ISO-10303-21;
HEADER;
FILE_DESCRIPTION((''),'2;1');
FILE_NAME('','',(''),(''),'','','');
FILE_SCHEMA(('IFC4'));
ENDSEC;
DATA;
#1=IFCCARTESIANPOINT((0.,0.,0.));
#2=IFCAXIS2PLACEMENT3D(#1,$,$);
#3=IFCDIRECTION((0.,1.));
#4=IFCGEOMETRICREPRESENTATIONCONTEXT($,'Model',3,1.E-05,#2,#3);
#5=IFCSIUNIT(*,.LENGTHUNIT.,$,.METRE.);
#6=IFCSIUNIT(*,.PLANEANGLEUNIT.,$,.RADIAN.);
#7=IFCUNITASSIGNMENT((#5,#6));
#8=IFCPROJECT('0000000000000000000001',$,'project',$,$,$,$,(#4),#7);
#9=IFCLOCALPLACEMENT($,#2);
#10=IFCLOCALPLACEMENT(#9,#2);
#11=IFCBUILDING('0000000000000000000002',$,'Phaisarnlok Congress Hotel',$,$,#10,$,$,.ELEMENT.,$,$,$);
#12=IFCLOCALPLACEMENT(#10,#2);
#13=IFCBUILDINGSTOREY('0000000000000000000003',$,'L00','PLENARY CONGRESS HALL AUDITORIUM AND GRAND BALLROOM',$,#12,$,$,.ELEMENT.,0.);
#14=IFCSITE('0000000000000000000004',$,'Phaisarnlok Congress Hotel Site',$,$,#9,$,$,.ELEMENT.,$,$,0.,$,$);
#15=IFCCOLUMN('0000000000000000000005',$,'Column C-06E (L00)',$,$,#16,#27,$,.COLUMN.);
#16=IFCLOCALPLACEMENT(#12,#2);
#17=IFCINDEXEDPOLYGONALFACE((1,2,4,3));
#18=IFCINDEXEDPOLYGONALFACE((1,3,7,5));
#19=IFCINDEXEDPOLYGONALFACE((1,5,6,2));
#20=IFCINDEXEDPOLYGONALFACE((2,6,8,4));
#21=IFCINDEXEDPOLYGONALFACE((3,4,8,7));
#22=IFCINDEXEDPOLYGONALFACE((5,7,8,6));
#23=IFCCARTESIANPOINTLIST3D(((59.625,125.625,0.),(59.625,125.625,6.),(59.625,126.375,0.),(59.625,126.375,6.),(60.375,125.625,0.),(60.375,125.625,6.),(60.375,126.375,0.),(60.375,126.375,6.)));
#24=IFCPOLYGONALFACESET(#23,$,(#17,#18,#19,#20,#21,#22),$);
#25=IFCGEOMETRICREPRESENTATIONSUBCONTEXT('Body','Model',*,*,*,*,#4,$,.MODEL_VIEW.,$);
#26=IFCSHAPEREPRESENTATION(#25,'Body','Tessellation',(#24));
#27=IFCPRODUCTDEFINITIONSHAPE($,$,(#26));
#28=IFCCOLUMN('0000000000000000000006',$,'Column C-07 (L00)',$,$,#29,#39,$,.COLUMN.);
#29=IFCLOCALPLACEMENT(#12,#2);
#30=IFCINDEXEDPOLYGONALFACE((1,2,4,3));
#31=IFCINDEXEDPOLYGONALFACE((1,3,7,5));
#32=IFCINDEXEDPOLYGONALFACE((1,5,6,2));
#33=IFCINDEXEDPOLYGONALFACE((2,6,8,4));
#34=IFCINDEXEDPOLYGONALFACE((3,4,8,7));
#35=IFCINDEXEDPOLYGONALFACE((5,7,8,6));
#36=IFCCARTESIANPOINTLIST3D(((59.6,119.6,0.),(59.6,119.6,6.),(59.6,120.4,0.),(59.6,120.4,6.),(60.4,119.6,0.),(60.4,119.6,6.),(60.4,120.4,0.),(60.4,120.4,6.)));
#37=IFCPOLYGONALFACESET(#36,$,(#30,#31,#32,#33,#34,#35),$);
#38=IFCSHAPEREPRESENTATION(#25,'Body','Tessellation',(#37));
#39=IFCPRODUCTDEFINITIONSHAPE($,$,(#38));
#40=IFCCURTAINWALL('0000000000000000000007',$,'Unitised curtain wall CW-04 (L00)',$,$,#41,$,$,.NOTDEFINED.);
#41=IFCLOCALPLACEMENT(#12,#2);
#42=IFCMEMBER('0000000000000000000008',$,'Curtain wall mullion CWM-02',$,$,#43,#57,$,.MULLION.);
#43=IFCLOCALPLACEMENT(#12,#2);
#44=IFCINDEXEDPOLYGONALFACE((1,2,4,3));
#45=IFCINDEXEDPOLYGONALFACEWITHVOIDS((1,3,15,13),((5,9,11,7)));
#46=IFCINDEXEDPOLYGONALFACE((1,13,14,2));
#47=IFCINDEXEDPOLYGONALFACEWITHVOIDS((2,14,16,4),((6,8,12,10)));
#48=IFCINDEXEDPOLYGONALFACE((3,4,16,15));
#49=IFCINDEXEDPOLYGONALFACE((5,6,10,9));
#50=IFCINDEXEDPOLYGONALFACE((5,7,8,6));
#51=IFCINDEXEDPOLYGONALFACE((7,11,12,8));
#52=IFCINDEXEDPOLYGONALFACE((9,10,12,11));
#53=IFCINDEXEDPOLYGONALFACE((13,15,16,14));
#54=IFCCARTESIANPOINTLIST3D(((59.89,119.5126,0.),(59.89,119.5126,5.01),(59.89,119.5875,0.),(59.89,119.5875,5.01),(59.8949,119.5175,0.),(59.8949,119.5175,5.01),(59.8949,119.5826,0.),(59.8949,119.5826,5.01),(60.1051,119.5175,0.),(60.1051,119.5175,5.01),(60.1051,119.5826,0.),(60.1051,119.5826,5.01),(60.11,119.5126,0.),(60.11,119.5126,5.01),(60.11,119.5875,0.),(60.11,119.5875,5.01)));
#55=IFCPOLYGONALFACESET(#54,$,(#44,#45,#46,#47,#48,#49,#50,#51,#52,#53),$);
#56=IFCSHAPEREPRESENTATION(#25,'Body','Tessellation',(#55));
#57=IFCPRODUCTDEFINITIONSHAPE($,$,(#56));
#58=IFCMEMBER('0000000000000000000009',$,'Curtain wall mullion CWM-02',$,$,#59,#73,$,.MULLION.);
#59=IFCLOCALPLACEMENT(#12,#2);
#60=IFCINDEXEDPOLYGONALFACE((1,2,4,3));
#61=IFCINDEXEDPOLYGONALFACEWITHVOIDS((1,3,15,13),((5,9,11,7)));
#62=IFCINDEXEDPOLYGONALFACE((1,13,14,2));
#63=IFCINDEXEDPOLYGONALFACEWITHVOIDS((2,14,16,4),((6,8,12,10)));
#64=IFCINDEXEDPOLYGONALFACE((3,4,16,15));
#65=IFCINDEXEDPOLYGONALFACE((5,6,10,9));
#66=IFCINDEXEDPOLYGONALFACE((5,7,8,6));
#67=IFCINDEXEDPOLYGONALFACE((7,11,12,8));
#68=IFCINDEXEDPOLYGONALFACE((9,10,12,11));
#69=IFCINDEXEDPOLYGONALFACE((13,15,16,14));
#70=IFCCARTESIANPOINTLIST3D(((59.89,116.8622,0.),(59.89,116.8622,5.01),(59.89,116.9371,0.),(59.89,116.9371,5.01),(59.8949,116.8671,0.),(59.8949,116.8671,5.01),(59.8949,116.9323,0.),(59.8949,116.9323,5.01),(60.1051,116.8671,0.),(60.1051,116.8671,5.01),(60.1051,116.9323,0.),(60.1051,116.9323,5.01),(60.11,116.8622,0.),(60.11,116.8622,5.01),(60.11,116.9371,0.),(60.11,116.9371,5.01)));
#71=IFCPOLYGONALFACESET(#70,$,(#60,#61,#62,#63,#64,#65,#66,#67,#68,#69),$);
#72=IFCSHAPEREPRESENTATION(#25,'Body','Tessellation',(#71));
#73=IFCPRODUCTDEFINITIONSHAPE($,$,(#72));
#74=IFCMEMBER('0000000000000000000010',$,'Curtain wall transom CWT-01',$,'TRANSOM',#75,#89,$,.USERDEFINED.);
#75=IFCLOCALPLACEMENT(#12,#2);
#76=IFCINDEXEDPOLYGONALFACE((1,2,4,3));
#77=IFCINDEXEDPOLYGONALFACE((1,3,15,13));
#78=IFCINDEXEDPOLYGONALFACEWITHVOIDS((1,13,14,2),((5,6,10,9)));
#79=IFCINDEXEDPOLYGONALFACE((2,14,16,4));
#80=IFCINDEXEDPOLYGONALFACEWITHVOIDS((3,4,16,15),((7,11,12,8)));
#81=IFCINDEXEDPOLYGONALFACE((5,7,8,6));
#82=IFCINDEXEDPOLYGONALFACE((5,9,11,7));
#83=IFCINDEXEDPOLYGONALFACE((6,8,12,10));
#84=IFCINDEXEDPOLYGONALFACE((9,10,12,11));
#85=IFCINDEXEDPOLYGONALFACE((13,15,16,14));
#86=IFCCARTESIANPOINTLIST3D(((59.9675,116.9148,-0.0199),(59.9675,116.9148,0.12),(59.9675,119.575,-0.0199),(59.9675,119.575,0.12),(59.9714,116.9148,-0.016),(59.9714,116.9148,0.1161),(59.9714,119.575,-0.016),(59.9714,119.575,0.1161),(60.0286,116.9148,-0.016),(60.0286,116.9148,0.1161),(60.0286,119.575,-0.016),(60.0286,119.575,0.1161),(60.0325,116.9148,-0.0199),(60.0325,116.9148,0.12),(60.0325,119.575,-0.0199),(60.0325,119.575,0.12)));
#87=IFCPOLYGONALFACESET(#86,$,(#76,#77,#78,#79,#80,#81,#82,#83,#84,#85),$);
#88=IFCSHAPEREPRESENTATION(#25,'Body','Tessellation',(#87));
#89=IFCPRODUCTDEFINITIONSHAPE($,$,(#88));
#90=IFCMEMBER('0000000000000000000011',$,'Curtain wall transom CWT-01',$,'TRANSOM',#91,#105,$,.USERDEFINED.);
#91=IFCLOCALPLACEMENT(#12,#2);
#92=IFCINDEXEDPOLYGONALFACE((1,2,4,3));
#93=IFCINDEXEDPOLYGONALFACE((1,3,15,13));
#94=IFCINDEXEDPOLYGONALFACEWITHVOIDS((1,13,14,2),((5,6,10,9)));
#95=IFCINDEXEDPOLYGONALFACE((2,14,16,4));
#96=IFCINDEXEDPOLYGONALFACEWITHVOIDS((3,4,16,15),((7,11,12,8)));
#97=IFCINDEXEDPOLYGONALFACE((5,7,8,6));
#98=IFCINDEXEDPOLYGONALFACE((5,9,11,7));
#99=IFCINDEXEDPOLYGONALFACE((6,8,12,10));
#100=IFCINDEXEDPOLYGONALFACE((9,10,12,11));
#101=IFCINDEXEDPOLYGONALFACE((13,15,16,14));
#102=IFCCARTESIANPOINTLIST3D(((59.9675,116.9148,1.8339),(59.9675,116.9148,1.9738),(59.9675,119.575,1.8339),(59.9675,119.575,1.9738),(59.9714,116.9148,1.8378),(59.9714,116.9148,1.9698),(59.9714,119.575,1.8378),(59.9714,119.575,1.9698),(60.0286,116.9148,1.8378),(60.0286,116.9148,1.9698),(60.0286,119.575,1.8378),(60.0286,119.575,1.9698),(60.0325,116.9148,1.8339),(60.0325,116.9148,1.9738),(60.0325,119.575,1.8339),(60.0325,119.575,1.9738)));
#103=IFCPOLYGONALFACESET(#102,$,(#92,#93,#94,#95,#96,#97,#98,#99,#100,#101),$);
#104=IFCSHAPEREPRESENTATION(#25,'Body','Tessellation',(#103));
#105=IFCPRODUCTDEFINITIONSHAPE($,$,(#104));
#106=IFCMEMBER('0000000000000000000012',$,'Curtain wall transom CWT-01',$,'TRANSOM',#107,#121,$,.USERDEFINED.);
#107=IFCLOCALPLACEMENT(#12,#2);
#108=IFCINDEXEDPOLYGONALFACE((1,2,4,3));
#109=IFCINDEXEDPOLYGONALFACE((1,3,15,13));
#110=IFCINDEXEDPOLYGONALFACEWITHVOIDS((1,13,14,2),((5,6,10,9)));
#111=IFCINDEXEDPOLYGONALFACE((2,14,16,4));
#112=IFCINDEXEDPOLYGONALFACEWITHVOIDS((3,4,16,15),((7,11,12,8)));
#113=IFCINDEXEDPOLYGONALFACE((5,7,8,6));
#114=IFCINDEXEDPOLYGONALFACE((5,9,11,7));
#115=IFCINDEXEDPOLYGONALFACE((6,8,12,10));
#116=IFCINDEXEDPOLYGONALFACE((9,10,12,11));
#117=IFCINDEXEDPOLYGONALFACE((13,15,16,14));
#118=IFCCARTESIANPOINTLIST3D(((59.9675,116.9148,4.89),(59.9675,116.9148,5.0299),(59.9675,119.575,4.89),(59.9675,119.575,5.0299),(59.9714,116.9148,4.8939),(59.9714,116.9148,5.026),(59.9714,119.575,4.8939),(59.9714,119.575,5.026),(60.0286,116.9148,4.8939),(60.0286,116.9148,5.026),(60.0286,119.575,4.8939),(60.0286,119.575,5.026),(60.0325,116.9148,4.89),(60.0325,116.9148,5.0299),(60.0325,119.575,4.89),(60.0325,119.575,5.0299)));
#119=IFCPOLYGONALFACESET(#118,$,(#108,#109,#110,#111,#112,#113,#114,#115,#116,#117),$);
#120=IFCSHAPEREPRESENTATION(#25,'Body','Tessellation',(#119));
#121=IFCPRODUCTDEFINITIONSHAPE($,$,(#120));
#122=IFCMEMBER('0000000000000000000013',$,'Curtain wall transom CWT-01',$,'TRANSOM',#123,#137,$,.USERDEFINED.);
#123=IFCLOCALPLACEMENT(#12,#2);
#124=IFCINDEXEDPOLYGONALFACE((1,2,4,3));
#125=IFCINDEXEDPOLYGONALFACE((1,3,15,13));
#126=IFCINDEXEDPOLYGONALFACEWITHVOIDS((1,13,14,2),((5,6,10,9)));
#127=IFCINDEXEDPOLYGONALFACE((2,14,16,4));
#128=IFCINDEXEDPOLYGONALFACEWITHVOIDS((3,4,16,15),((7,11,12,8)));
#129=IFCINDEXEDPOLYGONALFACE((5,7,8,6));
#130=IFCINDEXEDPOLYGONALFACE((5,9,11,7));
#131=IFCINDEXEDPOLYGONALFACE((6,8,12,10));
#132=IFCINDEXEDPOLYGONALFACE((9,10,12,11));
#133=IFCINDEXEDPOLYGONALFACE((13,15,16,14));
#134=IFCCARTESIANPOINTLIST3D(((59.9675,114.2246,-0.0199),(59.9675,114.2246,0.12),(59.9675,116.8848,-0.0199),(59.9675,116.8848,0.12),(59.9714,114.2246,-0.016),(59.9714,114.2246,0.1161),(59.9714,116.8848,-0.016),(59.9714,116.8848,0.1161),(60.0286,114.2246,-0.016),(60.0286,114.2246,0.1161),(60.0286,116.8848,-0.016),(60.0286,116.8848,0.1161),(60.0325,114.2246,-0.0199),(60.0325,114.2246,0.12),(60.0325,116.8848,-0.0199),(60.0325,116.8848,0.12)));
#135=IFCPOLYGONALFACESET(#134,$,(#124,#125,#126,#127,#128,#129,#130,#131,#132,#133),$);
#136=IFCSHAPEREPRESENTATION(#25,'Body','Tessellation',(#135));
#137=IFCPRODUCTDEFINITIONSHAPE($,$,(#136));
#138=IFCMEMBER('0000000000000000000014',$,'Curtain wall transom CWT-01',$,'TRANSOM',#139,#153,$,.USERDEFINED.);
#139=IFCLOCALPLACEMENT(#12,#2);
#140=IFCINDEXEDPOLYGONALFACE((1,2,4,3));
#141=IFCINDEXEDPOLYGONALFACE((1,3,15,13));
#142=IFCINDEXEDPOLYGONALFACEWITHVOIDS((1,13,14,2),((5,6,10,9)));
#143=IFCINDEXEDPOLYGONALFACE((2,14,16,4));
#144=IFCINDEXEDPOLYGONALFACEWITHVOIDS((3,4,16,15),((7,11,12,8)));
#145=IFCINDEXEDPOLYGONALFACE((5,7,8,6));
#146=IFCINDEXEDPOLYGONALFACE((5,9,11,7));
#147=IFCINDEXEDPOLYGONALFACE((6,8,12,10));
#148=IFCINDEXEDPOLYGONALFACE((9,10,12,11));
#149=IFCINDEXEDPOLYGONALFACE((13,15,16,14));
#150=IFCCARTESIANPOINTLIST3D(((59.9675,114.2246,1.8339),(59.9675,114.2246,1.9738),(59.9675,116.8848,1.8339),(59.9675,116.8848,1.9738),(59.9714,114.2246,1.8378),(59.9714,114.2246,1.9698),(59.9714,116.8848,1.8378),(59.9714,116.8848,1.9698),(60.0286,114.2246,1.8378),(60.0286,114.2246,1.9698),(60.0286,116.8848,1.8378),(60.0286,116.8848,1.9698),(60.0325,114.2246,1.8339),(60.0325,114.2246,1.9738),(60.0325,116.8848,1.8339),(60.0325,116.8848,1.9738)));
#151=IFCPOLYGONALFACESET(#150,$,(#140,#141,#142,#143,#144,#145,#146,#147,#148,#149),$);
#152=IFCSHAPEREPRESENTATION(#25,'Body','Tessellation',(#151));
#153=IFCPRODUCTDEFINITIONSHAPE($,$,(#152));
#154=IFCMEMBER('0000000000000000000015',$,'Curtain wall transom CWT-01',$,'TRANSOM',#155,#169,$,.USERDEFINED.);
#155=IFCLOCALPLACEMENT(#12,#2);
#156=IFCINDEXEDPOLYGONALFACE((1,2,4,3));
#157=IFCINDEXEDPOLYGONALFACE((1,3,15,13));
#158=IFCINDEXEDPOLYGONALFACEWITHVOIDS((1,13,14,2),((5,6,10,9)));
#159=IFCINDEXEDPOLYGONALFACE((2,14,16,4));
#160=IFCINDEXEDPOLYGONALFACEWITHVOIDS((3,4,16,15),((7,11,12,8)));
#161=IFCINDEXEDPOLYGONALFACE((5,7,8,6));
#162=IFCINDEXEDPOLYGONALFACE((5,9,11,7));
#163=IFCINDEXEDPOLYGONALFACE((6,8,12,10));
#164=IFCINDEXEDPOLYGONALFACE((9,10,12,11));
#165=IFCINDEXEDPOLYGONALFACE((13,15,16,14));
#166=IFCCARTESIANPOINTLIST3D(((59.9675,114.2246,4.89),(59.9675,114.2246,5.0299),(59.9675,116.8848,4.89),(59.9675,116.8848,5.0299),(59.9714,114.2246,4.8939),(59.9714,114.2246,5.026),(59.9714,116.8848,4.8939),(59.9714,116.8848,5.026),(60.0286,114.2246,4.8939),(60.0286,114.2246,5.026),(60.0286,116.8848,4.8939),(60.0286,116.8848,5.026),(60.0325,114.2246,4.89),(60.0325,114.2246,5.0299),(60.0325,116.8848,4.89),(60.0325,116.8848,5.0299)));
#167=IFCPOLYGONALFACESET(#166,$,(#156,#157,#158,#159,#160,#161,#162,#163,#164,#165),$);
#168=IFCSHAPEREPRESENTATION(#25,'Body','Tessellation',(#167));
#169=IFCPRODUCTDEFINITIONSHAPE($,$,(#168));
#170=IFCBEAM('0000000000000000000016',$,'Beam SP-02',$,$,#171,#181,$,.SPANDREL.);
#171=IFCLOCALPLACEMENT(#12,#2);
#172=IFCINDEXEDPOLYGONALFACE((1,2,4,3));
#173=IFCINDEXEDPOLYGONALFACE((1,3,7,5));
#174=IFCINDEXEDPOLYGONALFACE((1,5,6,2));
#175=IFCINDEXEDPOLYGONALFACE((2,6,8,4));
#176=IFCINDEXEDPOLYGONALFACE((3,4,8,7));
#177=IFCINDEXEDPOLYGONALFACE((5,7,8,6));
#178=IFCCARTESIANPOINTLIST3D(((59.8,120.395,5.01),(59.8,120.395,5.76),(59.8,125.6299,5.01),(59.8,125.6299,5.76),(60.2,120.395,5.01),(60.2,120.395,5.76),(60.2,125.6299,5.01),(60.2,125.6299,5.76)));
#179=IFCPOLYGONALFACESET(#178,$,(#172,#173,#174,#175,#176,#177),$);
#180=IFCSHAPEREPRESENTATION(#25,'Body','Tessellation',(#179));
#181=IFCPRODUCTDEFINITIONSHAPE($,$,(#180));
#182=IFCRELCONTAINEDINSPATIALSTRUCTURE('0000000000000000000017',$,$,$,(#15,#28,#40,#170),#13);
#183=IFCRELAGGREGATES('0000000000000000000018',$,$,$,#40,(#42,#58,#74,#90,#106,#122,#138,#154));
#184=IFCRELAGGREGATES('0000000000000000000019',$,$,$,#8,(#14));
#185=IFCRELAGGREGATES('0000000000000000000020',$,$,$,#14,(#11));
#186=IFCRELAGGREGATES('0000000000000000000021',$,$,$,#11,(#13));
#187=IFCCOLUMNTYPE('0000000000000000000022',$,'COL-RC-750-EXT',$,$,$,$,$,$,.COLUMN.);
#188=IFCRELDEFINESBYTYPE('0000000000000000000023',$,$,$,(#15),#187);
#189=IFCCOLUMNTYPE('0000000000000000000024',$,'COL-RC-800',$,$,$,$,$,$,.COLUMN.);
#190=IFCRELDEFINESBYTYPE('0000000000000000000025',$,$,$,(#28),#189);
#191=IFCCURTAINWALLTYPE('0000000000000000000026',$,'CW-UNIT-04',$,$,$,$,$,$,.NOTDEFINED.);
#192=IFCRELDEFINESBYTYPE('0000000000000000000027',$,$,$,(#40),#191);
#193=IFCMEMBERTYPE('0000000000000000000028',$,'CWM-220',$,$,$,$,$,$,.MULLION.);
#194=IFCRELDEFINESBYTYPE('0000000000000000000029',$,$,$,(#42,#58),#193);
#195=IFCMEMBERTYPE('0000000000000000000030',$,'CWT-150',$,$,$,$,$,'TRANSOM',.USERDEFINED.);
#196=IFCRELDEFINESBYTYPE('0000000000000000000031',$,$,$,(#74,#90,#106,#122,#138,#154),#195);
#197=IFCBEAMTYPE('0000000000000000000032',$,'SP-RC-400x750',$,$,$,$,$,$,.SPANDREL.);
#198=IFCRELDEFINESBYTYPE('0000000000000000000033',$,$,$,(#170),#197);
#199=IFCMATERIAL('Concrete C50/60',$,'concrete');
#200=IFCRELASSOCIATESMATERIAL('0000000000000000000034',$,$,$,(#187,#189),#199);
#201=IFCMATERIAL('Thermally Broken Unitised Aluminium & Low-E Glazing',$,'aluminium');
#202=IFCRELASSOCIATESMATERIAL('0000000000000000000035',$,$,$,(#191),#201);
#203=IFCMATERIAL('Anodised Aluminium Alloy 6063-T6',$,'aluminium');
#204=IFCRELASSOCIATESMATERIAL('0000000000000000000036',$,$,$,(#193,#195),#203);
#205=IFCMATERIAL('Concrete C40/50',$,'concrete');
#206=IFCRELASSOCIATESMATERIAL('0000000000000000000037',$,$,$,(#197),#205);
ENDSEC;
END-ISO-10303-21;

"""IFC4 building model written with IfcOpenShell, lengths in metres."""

from ifc_helpers import new_model, si_unit, direction, frame, origin, origin_2d, place, context, subcontext, project, spatial, rectangle, hollow_rectangle, extrude, material, material_profile, profile_set, type_object, element, aggregate, save


model = new_model("IFC4")

# Units and contexts
model_context = context("Model", 3, precision=1e-05, world=origin(), true_north=direction((0.0, 1.0)))
body_context = subcontext(model_context, "Body", "Model", "MODEL_VIEW")
ifc_project = project(units=[si_unit("LENGTHUNIT", "METRE"), si_unit("PLANEANGLEUNIT", "RADIAN")], contexts=[model_context])

# Site, building, storey
site_placement = place(None, origin())
site = spatial("IfcSite", under=ifc_project, at=site_placement, Name="Phaisarnlok Congress Hotel Site", CompositionType="ELEMENT", RefElevation=0.0)
building_placement = place(site_placement, origin())
building = spatial("IfcBuilding", under=site, at=building_placement, Name="Phaisarnlok Congress Hotel", CompositionType="ELEMENT")
storey_placement = place(building_placement, origin())
storey = spatial("IfcBuildingStorey", under=building, at=storey_placement, Name="L00", Description="PLENARY CONGRESS HALL AUDITORIUM AND GRAND BALLROOM", CompositionType="ELEMENT", Elevation=0.0)

# Columns
ifc_material_1 = material(Name="Concrete C50/60", Category="concrete")
ifc_material_profile_1 = material_profile(ifc_material_1, rectangle(XDim=0.75, YDim=0.75, at=origin_2d()), Name="RC 750x750")
ifc_profile_set_1 = profile_set([ifc_material_profile_1], Name="Concrete C50/60")
column_type_1 = type_object("IfcColumnType", Name="COL-RC-750-EXT", PredefinedType="COLUMN", material=ifc_profile_set_1)
column_1_placement = place(storey_placement, frame((60.0, 126.0, 0.0), z_axis=(0.0, 0.0, 1.0), x_axis=(1.0, 0.0, 0.0)))
element("IfcColumn", 1, at=column_1_placement, inside=storey, type_object=column_type_1, Name="Column C-06E (L00)", PredefinedType="COLUMN", context=body_context, shape_type="SweptSolid", body=[
    extrude(rectangle(XDim=0.75, YDim=0.75, at=origin_2d()), origin(), (0.0, 0.0, 1.0), 6.0),
])
ifc_material_profile_2 = material_profile(ifc_material_1, rectangle(XDim=0.8, YDim=0.8, at=origin_2d()), Name="RC 800x800")
ifc_profile_set_2 = profile_set([ifc_material_profile_2], Name="Concrete C50/60")
column_type_2 = type_object("IfcColumnType", Name="COL-RC-800", PredefinedType="COLUMN", material=ifc_profile_set_2)
column_2_placement = place(storey_placement, frame((60.0, 120.0, 0.0), z_axis=(0.0, 0.0, 1.0), x_axis=(1.0, 0.0, 0.0)))
element("IfcColumn", 2, at=column_2_placement, inside=storey, type_object=column_type_2, Name="Column C-07 (L00)", PredefinedType="COLUMN", context=body_context, shape_type="SweptSolid", body=[
    extrude(rectangle(XDim=0.8, YDim=0.8, at=origin_2d()), origin(), (0.0, 0.0, 1.0), 6.0),
])

# Curtain wall, members
ifc_material_2 = material(Name="Thermally Broken Unitised Aluminium & Low-E Glazing", Category="aluminium")
curtain_wall_type = type_object("IfcCurtainWallType", Name="CW-UNIT-04", PredefinedType="NOTDEFINED", material=ifc_material_2)
curtain_wall_placement = place(storey_placement, origin())
curtain_wall = element("IfcCurtainWall", 3, at=curtain_wall_placement, inside=storey, type_object=curtain_wall_type, Name="Unitised curtain wall CW-04 (L00)", PredefinedType="NOTDEFINED")
ifc_material_3 = material(Name="Anodised Aluminium Alloy 6063-T6", Category="aluminium")
ifc_material_profile_3 = material_profile(ifc_material_3, hollow_rectangle(XDim=0.075, YDim=0.22, WallThickness=0.0049, at=origin_2d()), Name="ALU-M 75x220x5")
ifc_profile_set_3 = profile_set([ifc_material_profile_3], Name="Anodised Aluminium Alloy 6063-T6")
member_type_1 = type_object("IfcMemberType", Name="CWM-220", PredefinedType="MULLION", material=ifc_profile_set_3)
member_1_placement = place(storey_placement, frame((60.0, 119.55, 0.0), z_axis=(0.0, 0.0, 1.0), x_axis=(0.0, -1.0, 0.0)))
member_1 = element("IfcMember", 4, at=member_1_placement, type_object=member_type_1, Name="Curtain wall mullion CWM-02", PredefinedType="MULLION", context=body_context, shape_type="SweptSolid", body=[
    extrude(hollow_rectangle(XDim=0.075, YDim=0.22, WallThickness=0.0049, at=origin_2d()), origin(), (0.0, 0.0, 1.0), 5.01),
])
member_2_placement = place(storey_placement, frame((60.0, 116.8997, 0.0), z_axis=(0.0, 0.0, 1.0), x_axis=(0.0, -1.0, 0.0)))
member_2 = element("IfcMember", 5, at=member_2_placement, type_object=member_type_1, Name="Curtain wall mullion CWM-02", PredefinedType="MULLION", context=body_context, shape_type="SweptSolid", body=[
    extrude(hollow_rectangle(XDim=0.075, YDim=0.22, WallThickness=0.0049, at=origin_2d()), origin(), (0.0, 0.0, 1.0), 5.01),
])
ifc_material_profile_4 = material_profile(ifc_material_3, hollow_rectangle(XDim=0.0649, YDim=0.1399, WallThickness=0.0039, at=origin_2d()), Name="ALU-T 65x140x4")
ifc_profile_set_4 = profile_set([ifc_material_profile_4], Name="Anodised Aluminium Alloy 6063-T6")
member_type_2 = type_object("IfcMemberType", Name="CWT-150", ElementType="TRANSOM", PredefinedType="USERDEFINED", material=ifc_profile_set_4)
member_3_placement = place(storey_placement, frame((60.0, 119.575, 0.05), z_axis=(0.0, -1.0, 0.0), x_axis=(1.0, 0.0, 0.0)))
member_3 = element("IfcMember", 6, at=member_3_placement, type_object=member_type_2, Name="Curtain wall transom CWT-01", ObjectType="TRANSOM", PredefinedType="USERDEFINED", context=body_context, shape_type="SweptSolid", body=[
    extrude(hollow_rectangle(XDim=0.0649, YDim=0.1399, WallThickness=0.0039, at=origin_2d()), origin(), (0.0, 0.0, 1.0), 2.6602),
])
member_4_placement = place(storey_placement, frame((60.0, 119.575, 1.9038), z_axis=(0.0, -1.0, 0.0), x_axis=(1.0, 0.0, 0.0)))
member_4 = element("IfcMember", 7, at=member_4_placement, type_object=member_type_2, Name="Curtain wall transom CWT-01", ObjectType="TRANSOM", PredefinedType="USERDEFINED", context=body_context, shape_type="SweptSolid", body=[
    extrude(hollow_rectangle(XDim=0.0649, YDim=0.1399, WallThickness=0.0039, at=origin_2d()), origin(), (0.0, 0.0, 1.0), 2.6602),
])
member_5_placement = place(storey_placement, frame((60.0, 119.575, 4.96), z_axis=(0.0, -1.0, 0.0), x_axis=(1.0, 0.0, 0.0)))
member_5 = element("IfcMember", 8, at=member_5_placement, type_object=member_type_2, Name="Curtain wall transom CWT-01", ObjectType="TRANSOM", PredefinedType="USERDEFINED", context=body_context, shape_type="SweptSolid", body=[
    extrude(hollow_rectangle(XDim=0.0649, YDim=0.1399, WallThickness=0.0039, at=origin_2d()), origin(), (0.0, 0.0, 1.0), 2.6602),
])
member_6_placement = place(storey_placement, frame((60.0, 116.8848, 0.05), z_axis=(0.0, -1.0, 0.0), x_axis=(1.0, 0.0, 0.0)))
member_6 = element("IfcMember", 9, at=member_6_placement, type_object=member_type_2, Name="Curtain wall transom CWT-01", ObjectType="TRANSOM", PredefinedType="USERDEFINED", context=body_context, shape_type="SweptSolid", body=[
    extrude(hollow_rectangle(XDim=0.0649, YDim=0.1399, WallThickness=0.0039, at=origin_2d()), origin(), (0.0, 0.0, 1.0), 2.6602),
])
member_7_placement = place(storey_placement, frame((60.0, 116.8848, 1.9038), z_axis=(0.0, -1.0, 0.0), x_axis=(1.0, 0.0, 0.0)))
member_7 = element("IfcMember", 10, at=member_7_placement, type_object=member_type_2, Name="Curtain wall transom CWT-01", ObjectType="TRANSOM", PredefinedType="USERDEFINED", context=body_context, shape_type="SweptSolid", body=[
    extrude(hollow_rectangle(XDim=0.0649, YDim=0.1399, WallThickness=0.0039, at=origin_2d()), origin(), (0.0, 0.0, 1.0), 2.6602),
])
member_8_placement = place(storey_placement, frame((60.0, 116.8848, 4.96), z_axis=(0.0, -1.0, 0.0), x_axis=(1.0, 0.0, 0.0)))
member_8 = element("IfcMember", 11, at=member_8_placement, type_object=member_type_2, Name="Curtain wall transom CWT-01", ObjectType="TRANSOM", PredefinedType="USERDEFINED", context=body_context, shape_type="SweptSolid", body=[
    extrude(hollow_rectangle(XDim=0.0649, YDim=0.1399, WallThickness=0.0039, at=origin_2d()), origin(), (0.0, 0.0, 1.0), 2.6602),
])

# Beam
ifc_material_4 = material(Name="Concrete C40/50", Category="concrete")
ifc_material_profile_5 = material_profile(ifc_material_4, rectangle(XDim=0.3999, YDim=0.75, at=origin_2d()), Name="RC 400x750")
ifc_profile_set_5 = profile_set([ifc_material_profile_5], Name="Concrete C40/50")
beam_type = type_object("IfcBeamType", Name="SP-RC-400x750", PredefinedType="SPANDREL", material=ifc_profile_set_5)
beam_placement = place(storey_placement, frame((60.0, 120.395, 5.385), z_axis=(0.0, 1.0, 0.0), x_axis=(-1.0, 0.0, 0.0)))
element("IfcBeam", 12, at=beam_placement, inside=storey, type_object=beam_type, Name="Beam SP-02", PredefinedType="SPANDREL", context=body_context, shape_type="SweptSolid", body=[
    extrude(rectangle(XDim=0.3999, YDim=0.75, at=origin_2d()), origin(), (0.0, 0.0, 1.0), 5.2349),
])

aggregate(curtain_wall, [member_1, member_2, member_3, member_4, member_5, member_6, member_7, member_8])

save(model, "model.ifc")
